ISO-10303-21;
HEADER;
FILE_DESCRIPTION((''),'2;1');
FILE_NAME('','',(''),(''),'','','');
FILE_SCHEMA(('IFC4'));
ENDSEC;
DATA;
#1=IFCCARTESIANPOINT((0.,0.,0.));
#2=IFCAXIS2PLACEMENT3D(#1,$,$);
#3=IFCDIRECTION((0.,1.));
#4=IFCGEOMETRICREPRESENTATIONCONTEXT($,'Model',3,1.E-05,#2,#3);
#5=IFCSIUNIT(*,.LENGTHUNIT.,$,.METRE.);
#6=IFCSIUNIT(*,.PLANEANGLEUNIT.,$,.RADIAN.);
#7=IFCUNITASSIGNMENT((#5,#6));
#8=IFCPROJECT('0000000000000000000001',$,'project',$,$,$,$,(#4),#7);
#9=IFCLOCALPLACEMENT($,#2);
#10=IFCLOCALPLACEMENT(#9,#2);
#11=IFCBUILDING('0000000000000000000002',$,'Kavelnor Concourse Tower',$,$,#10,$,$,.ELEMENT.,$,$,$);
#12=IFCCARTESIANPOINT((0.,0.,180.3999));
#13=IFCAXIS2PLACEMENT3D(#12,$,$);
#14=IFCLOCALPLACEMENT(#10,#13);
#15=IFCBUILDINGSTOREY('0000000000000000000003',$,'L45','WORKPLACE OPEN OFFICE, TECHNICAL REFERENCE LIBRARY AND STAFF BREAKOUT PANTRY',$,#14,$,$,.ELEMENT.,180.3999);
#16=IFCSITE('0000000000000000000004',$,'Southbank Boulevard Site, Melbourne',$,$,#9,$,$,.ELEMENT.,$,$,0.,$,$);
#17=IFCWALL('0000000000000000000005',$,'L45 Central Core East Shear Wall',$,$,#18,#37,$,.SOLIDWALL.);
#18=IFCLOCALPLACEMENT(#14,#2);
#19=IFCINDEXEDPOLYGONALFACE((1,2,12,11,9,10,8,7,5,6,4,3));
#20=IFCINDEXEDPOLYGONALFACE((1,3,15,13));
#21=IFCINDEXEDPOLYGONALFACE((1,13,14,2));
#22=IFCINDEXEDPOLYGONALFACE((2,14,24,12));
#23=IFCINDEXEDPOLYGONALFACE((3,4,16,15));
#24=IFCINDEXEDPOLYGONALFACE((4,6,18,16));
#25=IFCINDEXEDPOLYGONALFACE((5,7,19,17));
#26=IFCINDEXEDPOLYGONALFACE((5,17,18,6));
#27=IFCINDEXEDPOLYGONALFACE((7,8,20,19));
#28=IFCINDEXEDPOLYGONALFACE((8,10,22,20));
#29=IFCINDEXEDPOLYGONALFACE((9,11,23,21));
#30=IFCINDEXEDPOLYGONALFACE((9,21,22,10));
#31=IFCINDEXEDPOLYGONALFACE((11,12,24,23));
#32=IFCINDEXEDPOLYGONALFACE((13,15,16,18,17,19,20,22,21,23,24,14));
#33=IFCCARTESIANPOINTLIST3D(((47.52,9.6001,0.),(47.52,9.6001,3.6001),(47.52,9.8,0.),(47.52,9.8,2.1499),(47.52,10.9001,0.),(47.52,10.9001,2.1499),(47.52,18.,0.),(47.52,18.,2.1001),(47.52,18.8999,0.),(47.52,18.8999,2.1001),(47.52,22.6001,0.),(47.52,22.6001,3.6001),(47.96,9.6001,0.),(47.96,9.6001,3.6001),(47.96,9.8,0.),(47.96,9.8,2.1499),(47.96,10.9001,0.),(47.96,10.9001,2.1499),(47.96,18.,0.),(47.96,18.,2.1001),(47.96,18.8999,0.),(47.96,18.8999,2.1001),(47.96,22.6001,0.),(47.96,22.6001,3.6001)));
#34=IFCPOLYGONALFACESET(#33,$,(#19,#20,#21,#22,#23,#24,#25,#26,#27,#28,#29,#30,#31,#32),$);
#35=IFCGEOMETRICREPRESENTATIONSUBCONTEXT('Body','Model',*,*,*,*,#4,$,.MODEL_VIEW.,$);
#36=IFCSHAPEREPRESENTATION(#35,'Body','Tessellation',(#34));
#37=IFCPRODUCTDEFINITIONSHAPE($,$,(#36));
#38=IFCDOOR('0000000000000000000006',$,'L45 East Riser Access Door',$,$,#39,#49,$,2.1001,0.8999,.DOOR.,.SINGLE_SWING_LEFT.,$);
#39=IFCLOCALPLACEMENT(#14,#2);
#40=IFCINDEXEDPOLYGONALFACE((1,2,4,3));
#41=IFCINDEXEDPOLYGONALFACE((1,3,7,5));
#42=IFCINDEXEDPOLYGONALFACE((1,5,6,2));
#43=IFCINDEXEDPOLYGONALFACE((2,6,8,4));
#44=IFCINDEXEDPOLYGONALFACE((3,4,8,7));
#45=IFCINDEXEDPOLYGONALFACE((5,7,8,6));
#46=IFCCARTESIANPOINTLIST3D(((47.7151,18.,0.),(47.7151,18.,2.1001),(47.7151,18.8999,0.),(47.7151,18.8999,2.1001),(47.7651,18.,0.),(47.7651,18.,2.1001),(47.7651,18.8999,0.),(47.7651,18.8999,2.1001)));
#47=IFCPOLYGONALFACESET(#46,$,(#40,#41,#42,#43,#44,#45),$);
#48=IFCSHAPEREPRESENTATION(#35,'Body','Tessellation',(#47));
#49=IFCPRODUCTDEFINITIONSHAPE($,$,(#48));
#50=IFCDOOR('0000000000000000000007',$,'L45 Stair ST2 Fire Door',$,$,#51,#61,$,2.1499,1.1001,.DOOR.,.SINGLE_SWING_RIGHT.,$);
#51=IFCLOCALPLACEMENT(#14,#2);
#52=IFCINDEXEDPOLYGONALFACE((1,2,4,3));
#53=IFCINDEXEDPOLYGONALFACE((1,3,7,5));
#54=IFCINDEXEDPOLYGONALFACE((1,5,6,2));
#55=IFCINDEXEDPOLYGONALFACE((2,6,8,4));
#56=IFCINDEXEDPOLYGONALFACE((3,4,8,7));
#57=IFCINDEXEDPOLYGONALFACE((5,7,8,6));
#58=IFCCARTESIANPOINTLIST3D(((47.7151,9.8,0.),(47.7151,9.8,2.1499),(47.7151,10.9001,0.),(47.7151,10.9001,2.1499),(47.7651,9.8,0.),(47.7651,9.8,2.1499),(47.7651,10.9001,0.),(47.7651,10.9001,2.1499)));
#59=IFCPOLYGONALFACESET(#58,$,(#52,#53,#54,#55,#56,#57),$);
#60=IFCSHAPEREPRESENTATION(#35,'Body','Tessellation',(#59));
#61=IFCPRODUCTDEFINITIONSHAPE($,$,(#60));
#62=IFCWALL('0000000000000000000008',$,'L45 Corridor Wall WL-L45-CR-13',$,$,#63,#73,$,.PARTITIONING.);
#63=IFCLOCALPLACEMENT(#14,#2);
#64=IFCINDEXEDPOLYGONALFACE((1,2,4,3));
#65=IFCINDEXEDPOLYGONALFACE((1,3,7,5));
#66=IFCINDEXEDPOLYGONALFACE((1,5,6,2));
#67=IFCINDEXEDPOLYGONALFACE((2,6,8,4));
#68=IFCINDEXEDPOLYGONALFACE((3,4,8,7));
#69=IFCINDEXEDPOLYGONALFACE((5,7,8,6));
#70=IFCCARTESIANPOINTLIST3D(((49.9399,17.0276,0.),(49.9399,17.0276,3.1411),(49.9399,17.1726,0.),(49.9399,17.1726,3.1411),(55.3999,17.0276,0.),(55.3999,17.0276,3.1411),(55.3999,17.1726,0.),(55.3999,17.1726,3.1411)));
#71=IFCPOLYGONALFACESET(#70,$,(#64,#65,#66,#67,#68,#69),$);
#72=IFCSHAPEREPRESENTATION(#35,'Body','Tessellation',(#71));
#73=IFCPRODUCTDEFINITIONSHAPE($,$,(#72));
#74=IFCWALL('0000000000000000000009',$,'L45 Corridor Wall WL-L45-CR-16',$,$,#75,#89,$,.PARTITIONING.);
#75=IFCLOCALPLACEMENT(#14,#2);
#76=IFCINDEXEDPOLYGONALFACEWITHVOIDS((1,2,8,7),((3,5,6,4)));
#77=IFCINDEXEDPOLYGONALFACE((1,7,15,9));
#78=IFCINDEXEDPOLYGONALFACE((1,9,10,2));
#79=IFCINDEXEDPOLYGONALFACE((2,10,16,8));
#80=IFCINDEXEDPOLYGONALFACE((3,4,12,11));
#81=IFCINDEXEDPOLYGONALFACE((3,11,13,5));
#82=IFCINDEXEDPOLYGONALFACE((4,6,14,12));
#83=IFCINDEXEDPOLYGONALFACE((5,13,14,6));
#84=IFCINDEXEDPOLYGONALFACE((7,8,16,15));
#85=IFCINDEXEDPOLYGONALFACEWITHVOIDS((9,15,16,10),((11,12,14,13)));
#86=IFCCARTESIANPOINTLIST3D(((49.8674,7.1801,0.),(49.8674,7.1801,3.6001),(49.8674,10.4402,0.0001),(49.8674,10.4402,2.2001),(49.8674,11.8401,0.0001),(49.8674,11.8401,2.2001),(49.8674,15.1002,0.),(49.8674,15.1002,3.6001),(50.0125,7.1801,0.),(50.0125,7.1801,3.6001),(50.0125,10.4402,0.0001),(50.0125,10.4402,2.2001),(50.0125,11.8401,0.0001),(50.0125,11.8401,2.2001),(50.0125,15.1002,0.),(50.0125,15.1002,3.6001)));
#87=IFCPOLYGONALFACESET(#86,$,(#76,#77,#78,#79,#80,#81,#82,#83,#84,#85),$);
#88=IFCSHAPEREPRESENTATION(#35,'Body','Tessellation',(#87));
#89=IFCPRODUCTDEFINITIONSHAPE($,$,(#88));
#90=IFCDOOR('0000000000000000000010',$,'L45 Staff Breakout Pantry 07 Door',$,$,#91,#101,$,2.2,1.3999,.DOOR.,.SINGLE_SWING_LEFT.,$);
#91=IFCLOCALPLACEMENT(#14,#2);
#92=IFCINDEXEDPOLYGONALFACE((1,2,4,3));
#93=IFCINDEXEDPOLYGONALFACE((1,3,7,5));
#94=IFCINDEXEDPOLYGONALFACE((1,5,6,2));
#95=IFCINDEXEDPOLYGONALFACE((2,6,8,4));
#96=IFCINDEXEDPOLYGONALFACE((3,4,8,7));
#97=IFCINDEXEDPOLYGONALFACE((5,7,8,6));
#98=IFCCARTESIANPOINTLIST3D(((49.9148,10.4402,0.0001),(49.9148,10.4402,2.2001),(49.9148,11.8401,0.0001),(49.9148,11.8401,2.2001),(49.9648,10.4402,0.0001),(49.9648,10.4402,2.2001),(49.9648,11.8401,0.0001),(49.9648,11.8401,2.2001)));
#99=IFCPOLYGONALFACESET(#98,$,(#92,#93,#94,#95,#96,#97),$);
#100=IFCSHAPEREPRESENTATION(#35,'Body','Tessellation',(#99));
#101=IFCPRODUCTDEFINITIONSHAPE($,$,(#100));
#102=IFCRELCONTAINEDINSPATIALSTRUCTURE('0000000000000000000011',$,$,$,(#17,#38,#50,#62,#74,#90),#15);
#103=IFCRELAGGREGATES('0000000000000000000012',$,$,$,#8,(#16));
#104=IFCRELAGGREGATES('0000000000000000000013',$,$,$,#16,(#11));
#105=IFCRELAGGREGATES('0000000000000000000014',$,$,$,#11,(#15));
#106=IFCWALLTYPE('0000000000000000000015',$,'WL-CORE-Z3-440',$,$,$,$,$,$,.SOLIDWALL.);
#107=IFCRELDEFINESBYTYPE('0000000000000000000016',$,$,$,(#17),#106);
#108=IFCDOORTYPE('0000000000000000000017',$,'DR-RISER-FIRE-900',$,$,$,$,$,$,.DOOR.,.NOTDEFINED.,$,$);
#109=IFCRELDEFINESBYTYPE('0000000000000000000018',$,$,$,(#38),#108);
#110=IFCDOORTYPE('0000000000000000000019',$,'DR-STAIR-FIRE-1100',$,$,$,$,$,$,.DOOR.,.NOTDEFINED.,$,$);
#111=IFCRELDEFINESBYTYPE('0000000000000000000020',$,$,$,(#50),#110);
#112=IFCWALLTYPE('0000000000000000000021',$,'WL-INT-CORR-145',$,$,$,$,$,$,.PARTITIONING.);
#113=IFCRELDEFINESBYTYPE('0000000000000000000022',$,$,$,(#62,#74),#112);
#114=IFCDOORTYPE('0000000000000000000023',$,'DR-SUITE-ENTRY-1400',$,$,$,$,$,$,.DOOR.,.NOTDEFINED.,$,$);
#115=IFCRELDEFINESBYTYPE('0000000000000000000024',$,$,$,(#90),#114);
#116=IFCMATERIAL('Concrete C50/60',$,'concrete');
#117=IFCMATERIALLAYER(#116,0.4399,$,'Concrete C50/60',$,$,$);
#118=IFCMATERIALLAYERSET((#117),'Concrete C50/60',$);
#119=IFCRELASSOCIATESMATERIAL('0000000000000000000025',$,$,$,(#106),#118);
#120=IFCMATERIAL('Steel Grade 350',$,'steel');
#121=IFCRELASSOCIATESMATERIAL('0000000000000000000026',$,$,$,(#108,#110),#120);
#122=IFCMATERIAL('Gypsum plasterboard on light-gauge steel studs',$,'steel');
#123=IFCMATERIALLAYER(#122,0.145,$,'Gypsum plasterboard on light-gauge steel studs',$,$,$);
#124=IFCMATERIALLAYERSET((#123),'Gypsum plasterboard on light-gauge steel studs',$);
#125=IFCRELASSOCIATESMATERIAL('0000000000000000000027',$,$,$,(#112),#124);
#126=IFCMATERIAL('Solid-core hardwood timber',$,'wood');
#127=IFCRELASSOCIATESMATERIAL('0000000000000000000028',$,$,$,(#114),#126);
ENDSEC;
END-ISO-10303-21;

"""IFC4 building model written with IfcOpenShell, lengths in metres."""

from ifc_helpers import new_model, si_unit, direction, frame, frame_2d, origin, place, context, subcontext, project, spatial, rectangle, extrude, material, layer, layer_set, type_object, element, fill, save


model = new_model("IFC4")

# Units and contexts
model_context = context("Model", 3, precision=1e-05, world=origin(), true_north=direction((0.0, 1.0)))
body_context = subcontext(model_context, "Body", "Model", "MODEL_VIEW")
ifc_project = project(units=[si_unit("LENGTHUNIT", "METRE"), si_unit("PLANEANGLEUNIT", "RADIAN")], contexts=[model_context])

# Site, building, storey
site_placement = place(None, origin())
site = spatial("IfcSite", under=ifc_project, at=site_placement, Name="Southbank Boulevard Site, Melbourne", CompositionType="ELEMENT", RefElevation=0.0)
building_placement = place(site_placement, origin())
building = spatial("IfcBuilding", under=site, at=building_placement, Name="Kavelnor Concourse Tower", CompositionType="ELEMENT")
storey_placement = place(building_placement, frame((0.0, 0.0, 180.3999)))
storey = spatial("IfcBuildingStorey", under=building, at=storey_placement, Name="L45", Description="WORKPLACE OPEN OFFICE, TECHNICAL REFERENCE LIBRARY AND STAFF BREAKOUT PANTRY", CompositionType="ELEMENT", Elevation=180.3999)

# Shared definitions
ifc_material_1 = material(Name="Steel Grade 350", Category="steel")

# Wall, openings, doors
ifc_material_2 = material(Name="Concrete C50/60", Category="concrete")
ifc_layer_1 = layer(ifc_material_2, 0.4399, Name="Concrete C50/60")
ifc_layer_set_1 = layer_set([ifc_layer_1], Name="Concrete C50/60")
wall_type_1 = type_object("IfcWallType", Name="WL-CORE-Z3-440", PredefinedType="SOLIDWALL", material=ifc_layer_set_1)
wall_1_placement = place(storey_placement, frame((47.74, 9.6001, 0.0), z_axis=(0.0, 0.0, 1.0), x_axis=(0.0, 1.0, 0.0)))
wall_1 = element("IfcWall", 1, at=wall_1_placement, inside=storey, type_object=wall_type_1, Name="L45 Central Core East Shear Wall", PredefinedType="SOLIDWALL", context=body_context, shape_type="SweptSolid", body=[
    extrude(rectangle(XDim=13.0, YDim=0.4399, at=frame_2d((6.5, 0.0))), origin(), (0.0, 0.0, 1.0), 3.6001),
])
opening_1_placement = place(wall_1_placement, frame((0.2, 0.0, 0.0)))
opening_1 = element("IfcOpeningElement", 2, at=opening_1_placement, cuts=wall_1, PredefinedType="OPENING", context=body_context, shape_type="SweptSolid", body=[
    extrude(rectangle(XDim=1.1001, YDim=2.1499, at=frame_2d((0.55, 1.075))), frame((0.0, 0.23, 0.0), z_axis=(0.0, -1.0, 0.0), x_axis=(1.0, 0.0, 0.0)), (0.0, 0.0, 1.0), 0.46),
])
opening_2_placement = place(wall_1_placement, frame((8.3999, 0.0, 0.0)))
opening_2 = element("IfcOpeningElement", 3, at=opening_2_placement, cuts=wall_1, PredefinedType="OPENING", context=body_context, shape_type="SweptSolid", body=[
    extrude(rectangle(XDim=0.8999, YDim=2.1001, at=frame_2d((0.45, 1.05))), frame((0.0, 0.23, 0.0), z_axis=(0.0, -1.0, 0.0), x_axis=(1.0, 0.0, 0.0)), (0.0, 0.0, 1.0), 0.46),
])
door_type_1 = type_object("IfcDoorType", Name="DR-RISER-FIRE-900", OperationType="NOTDEFINED", PredefinedType="DOOR", material=ifc_material_1)
door_1_placement = place(opening_2_placement, origin())
door_1 = element("IfcDoor", 4, at=door_1_placement, inside=storey, type_object=door_type_1, Name="L45 East Riser Access Door", OperationType="SINGLE_SWING_LEFT", OverallHeight=2.1001, OverallWidth=0.8999, PredefinedType="DOOR", context=body_context, shape_type="SweptSolid", body=[
    extrude(rectangle(XDim=0.8999, YDim=2.1001, at=frame_2d((0.45, 1.05))), frame((0.0, 0.0249, 0.0), z_axis=(0.0, -1.0, 0.0), x_axis=(1.0, 0.0, 0.0)), (0.0, 0.0, 1.0), 0.05),
])
fill(opening_2, door_1)
door_type_2 = type_object("IfcDoorType", Name="DR-STAIR-FIRE-1100", OperationType="NOTDEFINED", PredefinedType="DOOR", material=ifc_material_1)
door_2_placement = place(opening_1_placement, origin())
door_2 = element("IfcDoor", 5, at=door_2_placement, inside=storey, type_object=door_type_2, Name="L45 Stair ST2 Fire Door", OperationType="SINGLE_SWING_RIGHT", OverallHeight=2.1499, OverallWidth=1.1001, PredefinedType="DOOR", context=body_context, shape_type="SweptSolid", body=[
    extrude(rectangle(XDim=1.1001, YDim=2.1499, at=frame_2d((0.55, 1.075))), frame((0.0, 0.0249, 0.0), z_axis=(0.0, -1.0, 0.0), x_axis=(1.0, 0.0, 0.0)), (0.0, 0.0, 1.0), 0.05),
])
fill(opening_1, door_2)

# Wall
ifc_material_3 = material(Name="Gypsum plasterboard on light-gauge steel studs", Category="steel")
ifc_layer_2 = layer(ifc_material_3, 0.145, Name="Gypsum plasterboard on light-gauge steel studs")
ifc_layer_set_2 = layer_set([ifc_layer_2], Name="Gypsum plasterboard on light-gauge steel studs")
wall_type_2 = type_object("IfcWallType", Name="WL-INT-CORR-145", PredefinedType="PARTITIONING", material=ifc_layer_set_2)
wall_2_placement = place(storey_placement, frame((49.9399, 17.1001, 0.0), z_axis=(0.0, 0.0, 1.0), x_axis=(1.0, 0.0, 0.0)))
element("IfcWall", 6, at=wall_2_placement, inside=storey, type_object=wall_type_2, Name="L45 Corridor Wall WL-L45-CR-13", PredefinedType="PARTITIONING", context=body_context, shape_type="SweptSolid", body=[
    extrude(rectangle(XDim=5.46, YDim=0.145, at=frame_2d((2.73, 0.0))), origin(), (0.0, 0.0, 1.0), 3.1411),
])

# Wall, opening, door
wall_3_placement = place(storey_placement, frame((49.9399, 15.1001, 0.0), z_axis=(0.0, 0.0, 1.0), x_axis=(0.0, -1.0, 0.0)))
wall_3 = element("IfcWall", 7, at=wall_3_placement, inside=storey, type_object=wall_type_2, Name="L45 Corridor Wall WL-L45-CR-16", PredefinedType="PARTITIONING", context=body_context, shape_type="SweptSolid", body=[
    extrude(rectangle(XDim=7.9202, YDim=0.145, at=frame_2d((3.96, 0.0))), origin(), (0.0, 0.0, 1.0), 3.6001),
])
opening_3_placement = place(wall_3_placement, frame((3.26, 0.0, 0.0)))
opening_3 = element("IfcOpeningElement", 8, at=opening_3_placement, cuts=wall_3, PredefinedType="OPENING", context=body_context, shape_type="SweptSolid", body=[
    extrude(rectangle(XDim=1.3999, YDim=2.2, at=frame_2d((0.7, 1.1001))), frame((0.0, 0.0825, 0.0), z_axis=(0.0, -1.0, 0.0), x_axis=(1.0, 0.0, 0.0)), (0.0, 0.0, 1.0), 0.165),
])
ifc_material_4 = material(Name="Solid-core hardwood timber", Category="wood")
door_type_3 = type_object("IfcDoorType", Name="DR-SUITE-ENTRY-1400", OperationType="NOTDEFINED", PredefinedType="DOOR", material=ifc_material_4)
door_3_placement = place(opening_3_placement, origin())
door_3 = element("IfcDoor", 9, at=door_3_placement, inside=storey, type_object=door_type_3, Name="L45 Staff Breakout Pantry 07 Door", OperationType="SINGLE_SWING_LEFT", OverallHeight=2.2, OverallWidth=1.3999, PredefinedType="DOOR", context=body_context, shape_type="SweptSolid", body=[
    extrude(rectangle(XDim=1.3999, YDim=2.2, at=frame_2d((0.7, 1.1001))), frame((0.0, 0.0249, 0.0), z_axis=(0.0, -1.0, 0.0), x_axis=(1.0, 0.0, 0.0)), (0.0, 0.0, 1.0), 0.05),
])
fill(opening_3, door_3)

save(model, "model.ifc")
